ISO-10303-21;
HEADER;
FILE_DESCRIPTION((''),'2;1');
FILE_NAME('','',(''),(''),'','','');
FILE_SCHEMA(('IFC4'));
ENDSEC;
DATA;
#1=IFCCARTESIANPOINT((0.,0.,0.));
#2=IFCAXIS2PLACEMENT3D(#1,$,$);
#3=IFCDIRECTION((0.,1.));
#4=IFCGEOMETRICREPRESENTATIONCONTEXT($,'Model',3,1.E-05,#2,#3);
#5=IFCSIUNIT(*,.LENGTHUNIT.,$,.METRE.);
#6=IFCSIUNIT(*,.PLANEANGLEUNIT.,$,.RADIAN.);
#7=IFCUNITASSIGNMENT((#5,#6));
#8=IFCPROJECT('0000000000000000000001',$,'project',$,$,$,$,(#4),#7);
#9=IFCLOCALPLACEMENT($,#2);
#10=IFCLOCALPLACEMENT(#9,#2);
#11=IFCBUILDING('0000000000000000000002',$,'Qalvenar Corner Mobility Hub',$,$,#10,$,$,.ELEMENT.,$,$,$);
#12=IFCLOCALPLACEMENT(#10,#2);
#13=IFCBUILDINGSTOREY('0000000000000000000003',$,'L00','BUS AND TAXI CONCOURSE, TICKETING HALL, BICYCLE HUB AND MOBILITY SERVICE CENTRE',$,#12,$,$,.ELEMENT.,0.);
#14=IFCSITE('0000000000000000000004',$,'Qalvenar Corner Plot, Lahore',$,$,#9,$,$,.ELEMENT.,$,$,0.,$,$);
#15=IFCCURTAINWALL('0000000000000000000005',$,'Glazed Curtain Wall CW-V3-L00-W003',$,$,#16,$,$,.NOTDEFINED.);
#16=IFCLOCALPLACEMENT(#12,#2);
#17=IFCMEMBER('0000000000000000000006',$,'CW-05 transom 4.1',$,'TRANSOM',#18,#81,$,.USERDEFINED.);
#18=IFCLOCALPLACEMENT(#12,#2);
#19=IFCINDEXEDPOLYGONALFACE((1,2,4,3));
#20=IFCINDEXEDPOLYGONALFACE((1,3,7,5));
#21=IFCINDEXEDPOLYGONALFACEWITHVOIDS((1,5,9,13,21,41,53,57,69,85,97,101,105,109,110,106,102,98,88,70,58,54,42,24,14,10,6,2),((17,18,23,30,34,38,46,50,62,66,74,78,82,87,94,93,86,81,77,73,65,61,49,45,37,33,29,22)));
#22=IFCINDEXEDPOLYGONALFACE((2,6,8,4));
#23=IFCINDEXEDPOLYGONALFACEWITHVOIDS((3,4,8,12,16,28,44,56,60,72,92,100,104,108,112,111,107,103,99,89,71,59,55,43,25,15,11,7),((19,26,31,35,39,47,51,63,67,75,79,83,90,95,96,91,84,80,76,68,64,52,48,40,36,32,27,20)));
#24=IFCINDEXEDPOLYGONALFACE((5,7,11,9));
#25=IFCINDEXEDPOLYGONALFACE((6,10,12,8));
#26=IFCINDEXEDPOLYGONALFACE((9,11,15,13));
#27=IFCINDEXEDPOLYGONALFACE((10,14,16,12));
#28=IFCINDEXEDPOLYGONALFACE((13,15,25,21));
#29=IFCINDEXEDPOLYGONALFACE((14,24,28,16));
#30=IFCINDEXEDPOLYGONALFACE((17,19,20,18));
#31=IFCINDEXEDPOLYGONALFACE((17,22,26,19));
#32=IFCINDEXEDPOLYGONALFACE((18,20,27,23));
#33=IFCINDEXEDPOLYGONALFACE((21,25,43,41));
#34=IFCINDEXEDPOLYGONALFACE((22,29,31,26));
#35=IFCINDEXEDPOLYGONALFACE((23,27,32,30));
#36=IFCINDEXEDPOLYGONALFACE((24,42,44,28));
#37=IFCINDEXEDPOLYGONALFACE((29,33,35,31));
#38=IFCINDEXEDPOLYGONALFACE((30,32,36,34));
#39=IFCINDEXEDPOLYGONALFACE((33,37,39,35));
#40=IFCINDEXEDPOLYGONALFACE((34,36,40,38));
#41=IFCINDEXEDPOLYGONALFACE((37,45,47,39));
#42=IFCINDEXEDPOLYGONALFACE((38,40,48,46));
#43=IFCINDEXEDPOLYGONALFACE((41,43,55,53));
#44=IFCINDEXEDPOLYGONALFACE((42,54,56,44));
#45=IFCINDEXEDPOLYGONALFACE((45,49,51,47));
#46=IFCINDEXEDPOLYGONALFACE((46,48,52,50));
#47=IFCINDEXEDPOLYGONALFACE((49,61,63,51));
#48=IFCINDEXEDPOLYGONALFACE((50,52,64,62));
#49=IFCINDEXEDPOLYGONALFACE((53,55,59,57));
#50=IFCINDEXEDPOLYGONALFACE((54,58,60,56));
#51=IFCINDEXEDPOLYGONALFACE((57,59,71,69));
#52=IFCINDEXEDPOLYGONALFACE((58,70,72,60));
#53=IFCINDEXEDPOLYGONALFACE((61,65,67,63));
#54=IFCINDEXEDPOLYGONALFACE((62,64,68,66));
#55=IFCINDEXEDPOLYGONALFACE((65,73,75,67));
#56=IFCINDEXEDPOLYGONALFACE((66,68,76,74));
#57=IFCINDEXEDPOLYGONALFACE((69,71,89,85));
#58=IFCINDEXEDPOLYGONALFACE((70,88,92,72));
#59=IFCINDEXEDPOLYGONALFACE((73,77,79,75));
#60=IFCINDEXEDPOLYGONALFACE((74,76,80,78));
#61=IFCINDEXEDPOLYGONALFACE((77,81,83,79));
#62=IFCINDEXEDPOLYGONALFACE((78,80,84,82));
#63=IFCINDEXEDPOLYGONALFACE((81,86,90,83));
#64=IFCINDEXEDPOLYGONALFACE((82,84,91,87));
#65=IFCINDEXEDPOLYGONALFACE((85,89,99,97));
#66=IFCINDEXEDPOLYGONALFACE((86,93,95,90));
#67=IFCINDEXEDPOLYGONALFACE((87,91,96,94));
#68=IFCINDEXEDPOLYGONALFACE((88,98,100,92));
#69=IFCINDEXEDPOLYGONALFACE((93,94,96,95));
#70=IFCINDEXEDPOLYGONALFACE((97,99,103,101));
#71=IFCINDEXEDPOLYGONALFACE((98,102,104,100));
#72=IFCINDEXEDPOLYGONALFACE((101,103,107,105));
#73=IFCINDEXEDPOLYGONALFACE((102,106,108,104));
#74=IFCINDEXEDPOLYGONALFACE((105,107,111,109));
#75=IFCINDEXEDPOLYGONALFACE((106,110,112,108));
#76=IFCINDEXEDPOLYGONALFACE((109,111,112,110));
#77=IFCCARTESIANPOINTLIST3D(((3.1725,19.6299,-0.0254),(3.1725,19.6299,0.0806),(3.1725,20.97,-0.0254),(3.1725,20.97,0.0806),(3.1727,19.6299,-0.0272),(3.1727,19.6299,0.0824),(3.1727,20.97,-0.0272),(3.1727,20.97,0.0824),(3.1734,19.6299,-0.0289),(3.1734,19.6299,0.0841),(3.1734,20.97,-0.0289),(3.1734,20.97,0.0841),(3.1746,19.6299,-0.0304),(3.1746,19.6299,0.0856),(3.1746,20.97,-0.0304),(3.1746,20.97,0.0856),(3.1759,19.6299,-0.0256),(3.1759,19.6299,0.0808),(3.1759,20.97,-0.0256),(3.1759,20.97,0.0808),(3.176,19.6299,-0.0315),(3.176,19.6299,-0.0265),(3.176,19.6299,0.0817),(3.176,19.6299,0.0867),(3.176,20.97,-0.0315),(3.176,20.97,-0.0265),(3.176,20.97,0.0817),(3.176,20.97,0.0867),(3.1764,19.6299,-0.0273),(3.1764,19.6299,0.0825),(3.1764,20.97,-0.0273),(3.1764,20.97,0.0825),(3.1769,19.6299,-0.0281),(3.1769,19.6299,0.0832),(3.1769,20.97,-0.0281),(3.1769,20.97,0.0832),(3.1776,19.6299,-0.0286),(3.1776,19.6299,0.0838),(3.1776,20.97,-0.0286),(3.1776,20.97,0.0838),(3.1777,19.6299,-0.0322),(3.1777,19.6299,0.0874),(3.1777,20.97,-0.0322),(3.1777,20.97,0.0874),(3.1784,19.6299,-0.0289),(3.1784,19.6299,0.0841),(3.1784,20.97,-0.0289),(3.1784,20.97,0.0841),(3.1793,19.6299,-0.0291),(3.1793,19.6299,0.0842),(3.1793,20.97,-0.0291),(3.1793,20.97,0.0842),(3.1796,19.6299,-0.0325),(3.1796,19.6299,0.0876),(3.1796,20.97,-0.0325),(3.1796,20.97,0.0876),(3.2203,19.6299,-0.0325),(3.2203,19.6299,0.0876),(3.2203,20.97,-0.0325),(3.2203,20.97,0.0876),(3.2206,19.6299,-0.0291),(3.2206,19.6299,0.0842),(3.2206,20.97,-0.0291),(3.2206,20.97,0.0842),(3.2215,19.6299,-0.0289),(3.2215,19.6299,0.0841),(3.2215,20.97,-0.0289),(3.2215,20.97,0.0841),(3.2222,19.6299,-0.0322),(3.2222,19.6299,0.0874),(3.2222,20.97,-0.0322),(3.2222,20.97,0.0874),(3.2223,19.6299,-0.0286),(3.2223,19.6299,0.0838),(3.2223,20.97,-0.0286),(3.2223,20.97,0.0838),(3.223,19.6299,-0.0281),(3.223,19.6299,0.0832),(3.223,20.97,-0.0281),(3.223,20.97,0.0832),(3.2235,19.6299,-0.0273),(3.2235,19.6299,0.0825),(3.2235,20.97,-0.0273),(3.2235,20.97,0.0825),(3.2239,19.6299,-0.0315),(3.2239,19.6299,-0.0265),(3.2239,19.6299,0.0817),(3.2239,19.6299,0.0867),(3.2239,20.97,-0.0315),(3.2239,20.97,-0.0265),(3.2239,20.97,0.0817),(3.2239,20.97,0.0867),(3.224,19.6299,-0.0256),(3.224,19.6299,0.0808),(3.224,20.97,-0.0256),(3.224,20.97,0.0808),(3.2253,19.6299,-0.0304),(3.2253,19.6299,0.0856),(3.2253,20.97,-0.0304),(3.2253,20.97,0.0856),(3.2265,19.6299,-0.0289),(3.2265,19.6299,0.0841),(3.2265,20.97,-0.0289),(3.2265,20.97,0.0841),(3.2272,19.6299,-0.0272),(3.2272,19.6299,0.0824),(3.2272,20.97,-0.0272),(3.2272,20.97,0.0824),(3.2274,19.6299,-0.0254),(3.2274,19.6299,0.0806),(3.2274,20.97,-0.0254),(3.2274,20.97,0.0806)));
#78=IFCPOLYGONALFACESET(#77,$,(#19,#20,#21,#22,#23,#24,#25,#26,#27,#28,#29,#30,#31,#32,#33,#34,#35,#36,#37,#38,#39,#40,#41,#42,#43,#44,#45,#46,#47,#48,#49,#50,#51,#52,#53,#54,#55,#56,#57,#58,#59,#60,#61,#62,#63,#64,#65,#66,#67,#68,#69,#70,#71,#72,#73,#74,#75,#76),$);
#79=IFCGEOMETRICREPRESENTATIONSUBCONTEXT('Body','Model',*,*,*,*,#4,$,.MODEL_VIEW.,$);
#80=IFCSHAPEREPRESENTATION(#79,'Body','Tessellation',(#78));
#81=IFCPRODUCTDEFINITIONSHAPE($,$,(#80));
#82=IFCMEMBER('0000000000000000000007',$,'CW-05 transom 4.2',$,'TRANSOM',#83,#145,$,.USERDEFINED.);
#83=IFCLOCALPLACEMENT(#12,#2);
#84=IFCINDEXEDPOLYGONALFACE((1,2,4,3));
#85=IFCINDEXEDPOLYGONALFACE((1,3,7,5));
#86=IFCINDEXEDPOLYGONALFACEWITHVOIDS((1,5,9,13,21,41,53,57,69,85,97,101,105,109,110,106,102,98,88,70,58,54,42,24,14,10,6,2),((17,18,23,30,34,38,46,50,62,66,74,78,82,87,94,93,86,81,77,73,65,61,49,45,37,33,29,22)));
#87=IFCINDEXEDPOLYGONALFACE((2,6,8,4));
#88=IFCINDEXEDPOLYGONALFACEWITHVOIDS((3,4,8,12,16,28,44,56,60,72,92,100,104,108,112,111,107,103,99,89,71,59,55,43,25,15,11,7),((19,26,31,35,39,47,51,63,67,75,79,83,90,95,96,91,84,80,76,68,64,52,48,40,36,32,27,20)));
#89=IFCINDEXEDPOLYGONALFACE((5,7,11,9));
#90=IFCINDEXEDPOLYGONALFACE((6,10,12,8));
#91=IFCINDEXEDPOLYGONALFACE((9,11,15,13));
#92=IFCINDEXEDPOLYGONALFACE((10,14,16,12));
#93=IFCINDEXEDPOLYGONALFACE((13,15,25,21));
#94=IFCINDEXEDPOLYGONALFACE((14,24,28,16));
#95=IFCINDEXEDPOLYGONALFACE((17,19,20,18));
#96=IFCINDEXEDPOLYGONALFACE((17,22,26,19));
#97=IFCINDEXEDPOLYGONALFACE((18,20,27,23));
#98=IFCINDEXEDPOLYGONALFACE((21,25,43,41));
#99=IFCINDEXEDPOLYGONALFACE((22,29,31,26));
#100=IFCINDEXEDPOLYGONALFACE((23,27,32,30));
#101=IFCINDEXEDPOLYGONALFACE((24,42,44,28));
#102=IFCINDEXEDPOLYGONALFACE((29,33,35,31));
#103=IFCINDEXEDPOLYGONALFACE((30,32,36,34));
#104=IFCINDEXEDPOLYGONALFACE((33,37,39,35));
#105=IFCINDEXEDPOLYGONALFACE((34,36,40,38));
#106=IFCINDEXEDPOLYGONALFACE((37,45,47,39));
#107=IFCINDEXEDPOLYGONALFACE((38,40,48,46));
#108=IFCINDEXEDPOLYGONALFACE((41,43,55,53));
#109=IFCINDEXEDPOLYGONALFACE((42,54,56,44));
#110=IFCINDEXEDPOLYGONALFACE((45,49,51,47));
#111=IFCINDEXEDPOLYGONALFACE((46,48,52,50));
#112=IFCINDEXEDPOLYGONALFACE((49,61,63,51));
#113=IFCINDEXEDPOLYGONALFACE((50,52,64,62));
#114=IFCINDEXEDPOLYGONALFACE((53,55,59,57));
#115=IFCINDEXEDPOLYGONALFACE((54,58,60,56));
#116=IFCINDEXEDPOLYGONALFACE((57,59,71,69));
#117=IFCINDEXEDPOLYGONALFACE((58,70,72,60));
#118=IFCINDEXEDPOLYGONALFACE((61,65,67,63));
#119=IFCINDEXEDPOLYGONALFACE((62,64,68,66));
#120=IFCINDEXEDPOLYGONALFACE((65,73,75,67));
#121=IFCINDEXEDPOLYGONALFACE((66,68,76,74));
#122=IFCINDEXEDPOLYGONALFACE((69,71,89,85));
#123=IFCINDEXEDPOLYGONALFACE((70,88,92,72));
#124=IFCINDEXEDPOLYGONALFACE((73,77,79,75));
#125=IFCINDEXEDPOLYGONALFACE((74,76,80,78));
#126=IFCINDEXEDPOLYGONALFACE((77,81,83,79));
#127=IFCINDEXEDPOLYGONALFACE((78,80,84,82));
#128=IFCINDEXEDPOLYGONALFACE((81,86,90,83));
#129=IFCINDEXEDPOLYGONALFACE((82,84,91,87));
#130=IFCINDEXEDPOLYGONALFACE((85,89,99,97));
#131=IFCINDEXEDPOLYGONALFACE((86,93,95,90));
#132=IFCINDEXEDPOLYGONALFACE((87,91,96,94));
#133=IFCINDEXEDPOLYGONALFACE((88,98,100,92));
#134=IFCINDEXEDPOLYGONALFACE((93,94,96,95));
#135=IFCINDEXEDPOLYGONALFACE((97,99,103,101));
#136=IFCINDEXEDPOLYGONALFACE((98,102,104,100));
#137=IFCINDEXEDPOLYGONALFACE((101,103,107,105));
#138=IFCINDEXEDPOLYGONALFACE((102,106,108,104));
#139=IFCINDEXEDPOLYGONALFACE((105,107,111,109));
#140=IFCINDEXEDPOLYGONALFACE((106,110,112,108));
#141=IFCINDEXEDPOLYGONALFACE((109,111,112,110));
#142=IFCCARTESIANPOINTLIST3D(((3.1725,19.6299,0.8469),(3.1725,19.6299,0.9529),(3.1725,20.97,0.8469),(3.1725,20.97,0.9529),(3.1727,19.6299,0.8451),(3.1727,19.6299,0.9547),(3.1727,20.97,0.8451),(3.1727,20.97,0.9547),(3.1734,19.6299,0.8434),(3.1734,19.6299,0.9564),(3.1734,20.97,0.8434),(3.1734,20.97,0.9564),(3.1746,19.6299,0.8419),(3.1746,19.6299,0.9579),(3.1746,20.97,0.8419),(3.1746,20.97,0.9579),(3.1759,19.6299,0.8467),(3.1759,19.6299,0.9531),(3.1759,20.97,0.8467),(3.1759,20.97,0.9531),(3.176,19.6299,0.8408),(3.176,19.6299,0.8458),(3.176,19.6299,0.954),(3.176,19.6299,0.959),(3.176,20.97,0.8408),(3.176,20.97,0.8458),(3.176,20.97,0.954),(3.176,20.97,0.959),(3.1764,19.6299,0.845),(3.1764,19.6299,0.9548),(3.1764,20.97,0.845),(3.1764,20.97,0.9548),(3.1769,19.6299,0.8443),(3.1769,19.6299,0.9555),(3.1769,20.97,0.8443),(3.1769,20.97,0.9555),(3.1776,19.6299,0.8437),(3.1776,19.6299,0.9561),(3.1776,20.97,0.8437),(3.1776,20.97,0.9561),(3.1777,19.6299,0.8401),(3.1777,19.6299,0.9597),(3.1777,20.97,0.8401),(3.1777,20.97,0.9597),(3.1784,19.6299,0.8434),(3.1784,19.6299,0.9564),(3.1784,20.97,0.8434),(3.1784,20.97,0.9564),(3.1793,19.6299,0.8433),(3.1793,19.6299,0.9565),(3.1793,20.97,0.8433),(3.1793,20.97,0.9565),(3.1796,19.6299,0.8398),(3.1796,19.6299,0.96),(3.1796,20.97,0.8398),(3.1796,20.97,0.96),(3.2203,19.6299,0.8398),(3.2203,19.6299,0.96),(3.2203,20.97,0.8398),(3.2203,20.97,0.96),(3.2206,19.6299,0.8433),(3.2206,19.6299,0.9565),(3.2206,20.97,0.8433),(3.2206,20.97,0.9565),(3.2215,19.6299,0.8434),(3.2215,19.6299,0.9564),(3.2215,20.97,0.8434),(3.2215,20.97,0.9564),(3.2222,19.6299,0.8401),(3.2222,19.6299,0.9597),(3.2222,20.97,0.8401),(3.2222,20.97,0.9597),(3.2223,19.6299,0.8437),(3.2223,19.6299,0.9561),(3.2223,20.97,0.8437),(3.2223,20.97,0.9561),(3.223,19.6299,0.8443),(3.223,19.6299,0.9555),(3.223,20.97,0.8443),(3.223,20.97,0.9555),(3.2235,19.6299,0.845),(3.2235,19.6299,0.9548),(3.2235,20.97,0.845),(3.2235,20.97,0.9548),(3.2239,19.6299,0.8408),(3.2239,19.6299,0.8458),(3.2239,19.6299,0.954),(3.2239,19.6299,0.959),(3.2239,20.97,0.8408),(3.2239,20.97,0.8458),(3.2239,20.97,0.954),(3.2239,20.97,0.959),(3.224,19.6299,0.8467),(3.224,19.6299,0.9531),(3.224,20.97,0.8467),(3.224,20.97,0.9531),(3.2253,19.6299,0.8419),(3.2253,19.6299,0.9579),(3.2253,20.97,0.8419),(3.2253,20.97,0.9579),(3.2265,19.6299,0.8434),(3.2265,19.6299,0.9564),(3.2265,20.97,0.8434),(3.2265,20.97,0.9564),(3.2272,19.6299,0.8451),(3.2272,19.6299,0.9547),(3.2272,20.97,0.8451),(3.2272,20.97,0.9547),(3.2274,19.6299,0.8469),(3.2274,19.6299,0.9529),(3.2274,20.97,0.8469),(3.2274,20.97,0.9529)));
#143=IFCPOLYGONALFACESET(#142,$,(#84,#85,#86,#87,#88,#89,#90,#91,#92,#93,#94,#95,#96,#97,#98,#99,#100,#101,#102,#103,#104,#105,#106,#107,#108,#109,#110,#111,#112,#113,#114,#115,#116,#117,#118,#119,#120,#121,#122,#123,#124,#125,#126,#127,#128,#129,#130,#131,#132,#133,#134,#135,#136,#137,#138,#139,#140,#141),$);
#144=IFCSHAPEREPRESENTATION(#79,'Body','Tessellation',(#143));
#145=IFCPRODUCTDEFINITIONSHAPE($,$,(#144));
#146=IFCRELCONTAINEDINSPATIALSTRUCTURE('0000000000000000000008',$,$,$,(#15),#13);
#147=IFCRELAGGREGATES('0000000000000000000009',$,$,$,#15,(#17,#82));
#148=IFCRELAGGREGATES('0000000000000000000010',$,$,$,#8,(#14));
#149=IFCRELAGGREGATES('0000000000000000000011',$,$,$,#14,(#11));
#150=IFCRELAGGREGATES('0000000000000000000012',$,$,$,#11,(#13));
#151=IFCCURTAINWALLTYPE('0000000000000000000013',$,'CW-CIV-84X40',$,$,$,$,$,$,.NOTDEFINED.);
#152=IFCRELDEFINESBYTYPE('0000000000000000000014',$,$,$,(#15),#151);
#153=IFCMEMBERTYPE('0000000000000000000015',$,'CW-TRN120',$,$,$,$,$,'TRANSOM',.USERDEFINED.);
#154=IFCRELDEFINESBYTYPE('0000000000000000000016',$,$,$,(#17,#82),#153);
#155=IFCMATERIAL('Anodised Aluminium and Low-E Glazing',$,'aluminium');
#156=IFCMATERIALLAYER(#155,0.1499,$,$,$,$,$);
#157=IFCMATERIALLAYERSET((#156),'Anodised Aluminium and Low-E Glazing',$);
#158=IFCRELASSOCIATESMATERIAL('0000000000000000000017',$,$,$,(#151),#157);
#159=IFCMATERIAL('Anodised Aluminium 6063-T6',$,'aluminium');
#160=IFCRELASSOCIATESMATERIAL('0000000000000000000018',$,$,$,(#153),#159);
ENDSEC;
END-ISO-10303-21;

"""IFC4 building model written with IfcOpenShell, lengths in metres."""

from ifc_helpers import new_model, si_unit, direction, frame, origin, origin_2d, place, context, subcontext, project, spatial, hollow_rectangle, extrude, material, layer, layer_set, material_profile, profile_set, type_object, element, aggregate, save


model = new_model("IFC4")

# Units and contexts
model_context = context("Model", 3, precision=1e-05, world=origin(), true_north=direction((0.0, 1.0)))
body_context = subcontext(model_context, "Body", "Model", "MODEL_VIEW")
ifc_project = project(units=[si_unit("LENGTHUNIT", "METRE"), si_unit("PLANEANGLEUNIT", "RADIAN")], contexts=[model_context])

# Site, building, storey
site_placement = place(None, origin())
site = spatial("IfcSite", under=ifc_project, at=site_placement, Name="Qalvenar Corner Plot, Lahore", CompositionType="ELEMENT", RefElevation=0.0)
building_placement = place(site_placement, origin())
building = spatial("IfcBuilding", under=site, at=building_placement, Name="Qalvenar Corner Mobility Hub", CompositionType="ELEMENT")
storey_placement = place(building_placement, origin())
storey = spatial("IfcBuildingStorey", under=building, at=storey_placement, Name="L00", Description="BUS AND TAXI CONCOURSE, TICKETING HALL, BICYCLE HUB AND MOBILITY SERVICE CENTRE", CompositionType="ELEMENT", Elevation=0.0)

# Curtain wall, members
ifc_material_1 = material(Name="Anodised Aluminium and Low-E Glazing", Category="aluminium")
ifc_layer_1 = layer(ifc_material_1, 0.1499)
ifc_layer_set_1 = layer_set([ifc_layer_1], Name="Anodised Aluminium and Low-E Glazing")
curtain_wall_type = type_object("IfcCurtainWallType", Name="CW-CIV-84X40", PredefinedType="NOTDEFINED", material=ifc_layer_set_1)
curtain_wall_placement = place(storey_placement, origin())
curtain_wall = element("IfcCurtainWall", 1, at=curtain_wall_placement, inside=storey, type_object=curtain_wall_type, Name="Glazed Curtain Wall CW-V3-L00-W003", PredefinedType="NOTDEFINED")
ifc_material_2 = material(Name="Anodised Aluminium 6063-T6", Category="aluminium")
ifc_material_profile_1 = material_profile(ifc_material_2, hollow_rectangle(XDim=0.0549, YDim=0.1201, WallThickness=0.0034, InnerFilletRadius=0.0034, OuterFilletRadius=0.0071, at=origin_2d()), Name="RHS120x55x3.5")
ifc_profile_set_1 = profile_set([ifc_material_profile_1], Name="Anodised Aluminium 6063-T6")
member_type_1 = type_object("IfcMemberType", Name="CW-TRN120", ElementType="TRANSOM", PredefinedType="USERDEFINED", material=ifc_profile_set_1)
member_1_placement = place(storey_placement, frame((3.2, 20.97, 0.0276), z_axis=(0.0, -1.0, 0.0), x_axis=(1.0, 0.0, 0.0)))
member_1 = element("IfcMember", 2, at=member_1_placement, type_object=member_type_1, Name="CW-05 transom 4.1", ObjectType="TRANSOM", PredefinedType="USERDEFINED", context=body_context, shape_type="SweptSolid", body=[
    extrude(hollow_rectangle(XDim=0.0549, YDim=0.1201, WallThickness=0.0034, InnerFilletRadius=0.0034, OuterFilletRadius=0.0071, at=origin_2d()), origin(), (0.0, 0.0, 1.0), 1.3401),
])
member_2_placement = place(storey_placement, frame((3.2, 20.97, 0.8999), z_axis=(0.0, -1.0, 0.0), x_axis=(1.0, 0.0, 0.0)))
member_2 = element("IfcMember", 3, at=member_2_placement, type_object=member_type_1, Name="CW-05 transom 4.2", ObjectType="TRANSOM", PredefinedType="USERDEFINED", context=body_context, shape_type="SweptSolid", body=[
    extrude(hollow_rectangle(XDim=0.0549, YDim=0.1201, WallThickness=0.0034, InnerFilletRadius=0.0034, OuterFilletRadius=0.0071, at=origin_2d()), origin(), (0.0, 0.0, 1.0), 1.3401),
])
aggregate(curtain_wall, [member_1, member_2])

save(model, "model.ifc")
